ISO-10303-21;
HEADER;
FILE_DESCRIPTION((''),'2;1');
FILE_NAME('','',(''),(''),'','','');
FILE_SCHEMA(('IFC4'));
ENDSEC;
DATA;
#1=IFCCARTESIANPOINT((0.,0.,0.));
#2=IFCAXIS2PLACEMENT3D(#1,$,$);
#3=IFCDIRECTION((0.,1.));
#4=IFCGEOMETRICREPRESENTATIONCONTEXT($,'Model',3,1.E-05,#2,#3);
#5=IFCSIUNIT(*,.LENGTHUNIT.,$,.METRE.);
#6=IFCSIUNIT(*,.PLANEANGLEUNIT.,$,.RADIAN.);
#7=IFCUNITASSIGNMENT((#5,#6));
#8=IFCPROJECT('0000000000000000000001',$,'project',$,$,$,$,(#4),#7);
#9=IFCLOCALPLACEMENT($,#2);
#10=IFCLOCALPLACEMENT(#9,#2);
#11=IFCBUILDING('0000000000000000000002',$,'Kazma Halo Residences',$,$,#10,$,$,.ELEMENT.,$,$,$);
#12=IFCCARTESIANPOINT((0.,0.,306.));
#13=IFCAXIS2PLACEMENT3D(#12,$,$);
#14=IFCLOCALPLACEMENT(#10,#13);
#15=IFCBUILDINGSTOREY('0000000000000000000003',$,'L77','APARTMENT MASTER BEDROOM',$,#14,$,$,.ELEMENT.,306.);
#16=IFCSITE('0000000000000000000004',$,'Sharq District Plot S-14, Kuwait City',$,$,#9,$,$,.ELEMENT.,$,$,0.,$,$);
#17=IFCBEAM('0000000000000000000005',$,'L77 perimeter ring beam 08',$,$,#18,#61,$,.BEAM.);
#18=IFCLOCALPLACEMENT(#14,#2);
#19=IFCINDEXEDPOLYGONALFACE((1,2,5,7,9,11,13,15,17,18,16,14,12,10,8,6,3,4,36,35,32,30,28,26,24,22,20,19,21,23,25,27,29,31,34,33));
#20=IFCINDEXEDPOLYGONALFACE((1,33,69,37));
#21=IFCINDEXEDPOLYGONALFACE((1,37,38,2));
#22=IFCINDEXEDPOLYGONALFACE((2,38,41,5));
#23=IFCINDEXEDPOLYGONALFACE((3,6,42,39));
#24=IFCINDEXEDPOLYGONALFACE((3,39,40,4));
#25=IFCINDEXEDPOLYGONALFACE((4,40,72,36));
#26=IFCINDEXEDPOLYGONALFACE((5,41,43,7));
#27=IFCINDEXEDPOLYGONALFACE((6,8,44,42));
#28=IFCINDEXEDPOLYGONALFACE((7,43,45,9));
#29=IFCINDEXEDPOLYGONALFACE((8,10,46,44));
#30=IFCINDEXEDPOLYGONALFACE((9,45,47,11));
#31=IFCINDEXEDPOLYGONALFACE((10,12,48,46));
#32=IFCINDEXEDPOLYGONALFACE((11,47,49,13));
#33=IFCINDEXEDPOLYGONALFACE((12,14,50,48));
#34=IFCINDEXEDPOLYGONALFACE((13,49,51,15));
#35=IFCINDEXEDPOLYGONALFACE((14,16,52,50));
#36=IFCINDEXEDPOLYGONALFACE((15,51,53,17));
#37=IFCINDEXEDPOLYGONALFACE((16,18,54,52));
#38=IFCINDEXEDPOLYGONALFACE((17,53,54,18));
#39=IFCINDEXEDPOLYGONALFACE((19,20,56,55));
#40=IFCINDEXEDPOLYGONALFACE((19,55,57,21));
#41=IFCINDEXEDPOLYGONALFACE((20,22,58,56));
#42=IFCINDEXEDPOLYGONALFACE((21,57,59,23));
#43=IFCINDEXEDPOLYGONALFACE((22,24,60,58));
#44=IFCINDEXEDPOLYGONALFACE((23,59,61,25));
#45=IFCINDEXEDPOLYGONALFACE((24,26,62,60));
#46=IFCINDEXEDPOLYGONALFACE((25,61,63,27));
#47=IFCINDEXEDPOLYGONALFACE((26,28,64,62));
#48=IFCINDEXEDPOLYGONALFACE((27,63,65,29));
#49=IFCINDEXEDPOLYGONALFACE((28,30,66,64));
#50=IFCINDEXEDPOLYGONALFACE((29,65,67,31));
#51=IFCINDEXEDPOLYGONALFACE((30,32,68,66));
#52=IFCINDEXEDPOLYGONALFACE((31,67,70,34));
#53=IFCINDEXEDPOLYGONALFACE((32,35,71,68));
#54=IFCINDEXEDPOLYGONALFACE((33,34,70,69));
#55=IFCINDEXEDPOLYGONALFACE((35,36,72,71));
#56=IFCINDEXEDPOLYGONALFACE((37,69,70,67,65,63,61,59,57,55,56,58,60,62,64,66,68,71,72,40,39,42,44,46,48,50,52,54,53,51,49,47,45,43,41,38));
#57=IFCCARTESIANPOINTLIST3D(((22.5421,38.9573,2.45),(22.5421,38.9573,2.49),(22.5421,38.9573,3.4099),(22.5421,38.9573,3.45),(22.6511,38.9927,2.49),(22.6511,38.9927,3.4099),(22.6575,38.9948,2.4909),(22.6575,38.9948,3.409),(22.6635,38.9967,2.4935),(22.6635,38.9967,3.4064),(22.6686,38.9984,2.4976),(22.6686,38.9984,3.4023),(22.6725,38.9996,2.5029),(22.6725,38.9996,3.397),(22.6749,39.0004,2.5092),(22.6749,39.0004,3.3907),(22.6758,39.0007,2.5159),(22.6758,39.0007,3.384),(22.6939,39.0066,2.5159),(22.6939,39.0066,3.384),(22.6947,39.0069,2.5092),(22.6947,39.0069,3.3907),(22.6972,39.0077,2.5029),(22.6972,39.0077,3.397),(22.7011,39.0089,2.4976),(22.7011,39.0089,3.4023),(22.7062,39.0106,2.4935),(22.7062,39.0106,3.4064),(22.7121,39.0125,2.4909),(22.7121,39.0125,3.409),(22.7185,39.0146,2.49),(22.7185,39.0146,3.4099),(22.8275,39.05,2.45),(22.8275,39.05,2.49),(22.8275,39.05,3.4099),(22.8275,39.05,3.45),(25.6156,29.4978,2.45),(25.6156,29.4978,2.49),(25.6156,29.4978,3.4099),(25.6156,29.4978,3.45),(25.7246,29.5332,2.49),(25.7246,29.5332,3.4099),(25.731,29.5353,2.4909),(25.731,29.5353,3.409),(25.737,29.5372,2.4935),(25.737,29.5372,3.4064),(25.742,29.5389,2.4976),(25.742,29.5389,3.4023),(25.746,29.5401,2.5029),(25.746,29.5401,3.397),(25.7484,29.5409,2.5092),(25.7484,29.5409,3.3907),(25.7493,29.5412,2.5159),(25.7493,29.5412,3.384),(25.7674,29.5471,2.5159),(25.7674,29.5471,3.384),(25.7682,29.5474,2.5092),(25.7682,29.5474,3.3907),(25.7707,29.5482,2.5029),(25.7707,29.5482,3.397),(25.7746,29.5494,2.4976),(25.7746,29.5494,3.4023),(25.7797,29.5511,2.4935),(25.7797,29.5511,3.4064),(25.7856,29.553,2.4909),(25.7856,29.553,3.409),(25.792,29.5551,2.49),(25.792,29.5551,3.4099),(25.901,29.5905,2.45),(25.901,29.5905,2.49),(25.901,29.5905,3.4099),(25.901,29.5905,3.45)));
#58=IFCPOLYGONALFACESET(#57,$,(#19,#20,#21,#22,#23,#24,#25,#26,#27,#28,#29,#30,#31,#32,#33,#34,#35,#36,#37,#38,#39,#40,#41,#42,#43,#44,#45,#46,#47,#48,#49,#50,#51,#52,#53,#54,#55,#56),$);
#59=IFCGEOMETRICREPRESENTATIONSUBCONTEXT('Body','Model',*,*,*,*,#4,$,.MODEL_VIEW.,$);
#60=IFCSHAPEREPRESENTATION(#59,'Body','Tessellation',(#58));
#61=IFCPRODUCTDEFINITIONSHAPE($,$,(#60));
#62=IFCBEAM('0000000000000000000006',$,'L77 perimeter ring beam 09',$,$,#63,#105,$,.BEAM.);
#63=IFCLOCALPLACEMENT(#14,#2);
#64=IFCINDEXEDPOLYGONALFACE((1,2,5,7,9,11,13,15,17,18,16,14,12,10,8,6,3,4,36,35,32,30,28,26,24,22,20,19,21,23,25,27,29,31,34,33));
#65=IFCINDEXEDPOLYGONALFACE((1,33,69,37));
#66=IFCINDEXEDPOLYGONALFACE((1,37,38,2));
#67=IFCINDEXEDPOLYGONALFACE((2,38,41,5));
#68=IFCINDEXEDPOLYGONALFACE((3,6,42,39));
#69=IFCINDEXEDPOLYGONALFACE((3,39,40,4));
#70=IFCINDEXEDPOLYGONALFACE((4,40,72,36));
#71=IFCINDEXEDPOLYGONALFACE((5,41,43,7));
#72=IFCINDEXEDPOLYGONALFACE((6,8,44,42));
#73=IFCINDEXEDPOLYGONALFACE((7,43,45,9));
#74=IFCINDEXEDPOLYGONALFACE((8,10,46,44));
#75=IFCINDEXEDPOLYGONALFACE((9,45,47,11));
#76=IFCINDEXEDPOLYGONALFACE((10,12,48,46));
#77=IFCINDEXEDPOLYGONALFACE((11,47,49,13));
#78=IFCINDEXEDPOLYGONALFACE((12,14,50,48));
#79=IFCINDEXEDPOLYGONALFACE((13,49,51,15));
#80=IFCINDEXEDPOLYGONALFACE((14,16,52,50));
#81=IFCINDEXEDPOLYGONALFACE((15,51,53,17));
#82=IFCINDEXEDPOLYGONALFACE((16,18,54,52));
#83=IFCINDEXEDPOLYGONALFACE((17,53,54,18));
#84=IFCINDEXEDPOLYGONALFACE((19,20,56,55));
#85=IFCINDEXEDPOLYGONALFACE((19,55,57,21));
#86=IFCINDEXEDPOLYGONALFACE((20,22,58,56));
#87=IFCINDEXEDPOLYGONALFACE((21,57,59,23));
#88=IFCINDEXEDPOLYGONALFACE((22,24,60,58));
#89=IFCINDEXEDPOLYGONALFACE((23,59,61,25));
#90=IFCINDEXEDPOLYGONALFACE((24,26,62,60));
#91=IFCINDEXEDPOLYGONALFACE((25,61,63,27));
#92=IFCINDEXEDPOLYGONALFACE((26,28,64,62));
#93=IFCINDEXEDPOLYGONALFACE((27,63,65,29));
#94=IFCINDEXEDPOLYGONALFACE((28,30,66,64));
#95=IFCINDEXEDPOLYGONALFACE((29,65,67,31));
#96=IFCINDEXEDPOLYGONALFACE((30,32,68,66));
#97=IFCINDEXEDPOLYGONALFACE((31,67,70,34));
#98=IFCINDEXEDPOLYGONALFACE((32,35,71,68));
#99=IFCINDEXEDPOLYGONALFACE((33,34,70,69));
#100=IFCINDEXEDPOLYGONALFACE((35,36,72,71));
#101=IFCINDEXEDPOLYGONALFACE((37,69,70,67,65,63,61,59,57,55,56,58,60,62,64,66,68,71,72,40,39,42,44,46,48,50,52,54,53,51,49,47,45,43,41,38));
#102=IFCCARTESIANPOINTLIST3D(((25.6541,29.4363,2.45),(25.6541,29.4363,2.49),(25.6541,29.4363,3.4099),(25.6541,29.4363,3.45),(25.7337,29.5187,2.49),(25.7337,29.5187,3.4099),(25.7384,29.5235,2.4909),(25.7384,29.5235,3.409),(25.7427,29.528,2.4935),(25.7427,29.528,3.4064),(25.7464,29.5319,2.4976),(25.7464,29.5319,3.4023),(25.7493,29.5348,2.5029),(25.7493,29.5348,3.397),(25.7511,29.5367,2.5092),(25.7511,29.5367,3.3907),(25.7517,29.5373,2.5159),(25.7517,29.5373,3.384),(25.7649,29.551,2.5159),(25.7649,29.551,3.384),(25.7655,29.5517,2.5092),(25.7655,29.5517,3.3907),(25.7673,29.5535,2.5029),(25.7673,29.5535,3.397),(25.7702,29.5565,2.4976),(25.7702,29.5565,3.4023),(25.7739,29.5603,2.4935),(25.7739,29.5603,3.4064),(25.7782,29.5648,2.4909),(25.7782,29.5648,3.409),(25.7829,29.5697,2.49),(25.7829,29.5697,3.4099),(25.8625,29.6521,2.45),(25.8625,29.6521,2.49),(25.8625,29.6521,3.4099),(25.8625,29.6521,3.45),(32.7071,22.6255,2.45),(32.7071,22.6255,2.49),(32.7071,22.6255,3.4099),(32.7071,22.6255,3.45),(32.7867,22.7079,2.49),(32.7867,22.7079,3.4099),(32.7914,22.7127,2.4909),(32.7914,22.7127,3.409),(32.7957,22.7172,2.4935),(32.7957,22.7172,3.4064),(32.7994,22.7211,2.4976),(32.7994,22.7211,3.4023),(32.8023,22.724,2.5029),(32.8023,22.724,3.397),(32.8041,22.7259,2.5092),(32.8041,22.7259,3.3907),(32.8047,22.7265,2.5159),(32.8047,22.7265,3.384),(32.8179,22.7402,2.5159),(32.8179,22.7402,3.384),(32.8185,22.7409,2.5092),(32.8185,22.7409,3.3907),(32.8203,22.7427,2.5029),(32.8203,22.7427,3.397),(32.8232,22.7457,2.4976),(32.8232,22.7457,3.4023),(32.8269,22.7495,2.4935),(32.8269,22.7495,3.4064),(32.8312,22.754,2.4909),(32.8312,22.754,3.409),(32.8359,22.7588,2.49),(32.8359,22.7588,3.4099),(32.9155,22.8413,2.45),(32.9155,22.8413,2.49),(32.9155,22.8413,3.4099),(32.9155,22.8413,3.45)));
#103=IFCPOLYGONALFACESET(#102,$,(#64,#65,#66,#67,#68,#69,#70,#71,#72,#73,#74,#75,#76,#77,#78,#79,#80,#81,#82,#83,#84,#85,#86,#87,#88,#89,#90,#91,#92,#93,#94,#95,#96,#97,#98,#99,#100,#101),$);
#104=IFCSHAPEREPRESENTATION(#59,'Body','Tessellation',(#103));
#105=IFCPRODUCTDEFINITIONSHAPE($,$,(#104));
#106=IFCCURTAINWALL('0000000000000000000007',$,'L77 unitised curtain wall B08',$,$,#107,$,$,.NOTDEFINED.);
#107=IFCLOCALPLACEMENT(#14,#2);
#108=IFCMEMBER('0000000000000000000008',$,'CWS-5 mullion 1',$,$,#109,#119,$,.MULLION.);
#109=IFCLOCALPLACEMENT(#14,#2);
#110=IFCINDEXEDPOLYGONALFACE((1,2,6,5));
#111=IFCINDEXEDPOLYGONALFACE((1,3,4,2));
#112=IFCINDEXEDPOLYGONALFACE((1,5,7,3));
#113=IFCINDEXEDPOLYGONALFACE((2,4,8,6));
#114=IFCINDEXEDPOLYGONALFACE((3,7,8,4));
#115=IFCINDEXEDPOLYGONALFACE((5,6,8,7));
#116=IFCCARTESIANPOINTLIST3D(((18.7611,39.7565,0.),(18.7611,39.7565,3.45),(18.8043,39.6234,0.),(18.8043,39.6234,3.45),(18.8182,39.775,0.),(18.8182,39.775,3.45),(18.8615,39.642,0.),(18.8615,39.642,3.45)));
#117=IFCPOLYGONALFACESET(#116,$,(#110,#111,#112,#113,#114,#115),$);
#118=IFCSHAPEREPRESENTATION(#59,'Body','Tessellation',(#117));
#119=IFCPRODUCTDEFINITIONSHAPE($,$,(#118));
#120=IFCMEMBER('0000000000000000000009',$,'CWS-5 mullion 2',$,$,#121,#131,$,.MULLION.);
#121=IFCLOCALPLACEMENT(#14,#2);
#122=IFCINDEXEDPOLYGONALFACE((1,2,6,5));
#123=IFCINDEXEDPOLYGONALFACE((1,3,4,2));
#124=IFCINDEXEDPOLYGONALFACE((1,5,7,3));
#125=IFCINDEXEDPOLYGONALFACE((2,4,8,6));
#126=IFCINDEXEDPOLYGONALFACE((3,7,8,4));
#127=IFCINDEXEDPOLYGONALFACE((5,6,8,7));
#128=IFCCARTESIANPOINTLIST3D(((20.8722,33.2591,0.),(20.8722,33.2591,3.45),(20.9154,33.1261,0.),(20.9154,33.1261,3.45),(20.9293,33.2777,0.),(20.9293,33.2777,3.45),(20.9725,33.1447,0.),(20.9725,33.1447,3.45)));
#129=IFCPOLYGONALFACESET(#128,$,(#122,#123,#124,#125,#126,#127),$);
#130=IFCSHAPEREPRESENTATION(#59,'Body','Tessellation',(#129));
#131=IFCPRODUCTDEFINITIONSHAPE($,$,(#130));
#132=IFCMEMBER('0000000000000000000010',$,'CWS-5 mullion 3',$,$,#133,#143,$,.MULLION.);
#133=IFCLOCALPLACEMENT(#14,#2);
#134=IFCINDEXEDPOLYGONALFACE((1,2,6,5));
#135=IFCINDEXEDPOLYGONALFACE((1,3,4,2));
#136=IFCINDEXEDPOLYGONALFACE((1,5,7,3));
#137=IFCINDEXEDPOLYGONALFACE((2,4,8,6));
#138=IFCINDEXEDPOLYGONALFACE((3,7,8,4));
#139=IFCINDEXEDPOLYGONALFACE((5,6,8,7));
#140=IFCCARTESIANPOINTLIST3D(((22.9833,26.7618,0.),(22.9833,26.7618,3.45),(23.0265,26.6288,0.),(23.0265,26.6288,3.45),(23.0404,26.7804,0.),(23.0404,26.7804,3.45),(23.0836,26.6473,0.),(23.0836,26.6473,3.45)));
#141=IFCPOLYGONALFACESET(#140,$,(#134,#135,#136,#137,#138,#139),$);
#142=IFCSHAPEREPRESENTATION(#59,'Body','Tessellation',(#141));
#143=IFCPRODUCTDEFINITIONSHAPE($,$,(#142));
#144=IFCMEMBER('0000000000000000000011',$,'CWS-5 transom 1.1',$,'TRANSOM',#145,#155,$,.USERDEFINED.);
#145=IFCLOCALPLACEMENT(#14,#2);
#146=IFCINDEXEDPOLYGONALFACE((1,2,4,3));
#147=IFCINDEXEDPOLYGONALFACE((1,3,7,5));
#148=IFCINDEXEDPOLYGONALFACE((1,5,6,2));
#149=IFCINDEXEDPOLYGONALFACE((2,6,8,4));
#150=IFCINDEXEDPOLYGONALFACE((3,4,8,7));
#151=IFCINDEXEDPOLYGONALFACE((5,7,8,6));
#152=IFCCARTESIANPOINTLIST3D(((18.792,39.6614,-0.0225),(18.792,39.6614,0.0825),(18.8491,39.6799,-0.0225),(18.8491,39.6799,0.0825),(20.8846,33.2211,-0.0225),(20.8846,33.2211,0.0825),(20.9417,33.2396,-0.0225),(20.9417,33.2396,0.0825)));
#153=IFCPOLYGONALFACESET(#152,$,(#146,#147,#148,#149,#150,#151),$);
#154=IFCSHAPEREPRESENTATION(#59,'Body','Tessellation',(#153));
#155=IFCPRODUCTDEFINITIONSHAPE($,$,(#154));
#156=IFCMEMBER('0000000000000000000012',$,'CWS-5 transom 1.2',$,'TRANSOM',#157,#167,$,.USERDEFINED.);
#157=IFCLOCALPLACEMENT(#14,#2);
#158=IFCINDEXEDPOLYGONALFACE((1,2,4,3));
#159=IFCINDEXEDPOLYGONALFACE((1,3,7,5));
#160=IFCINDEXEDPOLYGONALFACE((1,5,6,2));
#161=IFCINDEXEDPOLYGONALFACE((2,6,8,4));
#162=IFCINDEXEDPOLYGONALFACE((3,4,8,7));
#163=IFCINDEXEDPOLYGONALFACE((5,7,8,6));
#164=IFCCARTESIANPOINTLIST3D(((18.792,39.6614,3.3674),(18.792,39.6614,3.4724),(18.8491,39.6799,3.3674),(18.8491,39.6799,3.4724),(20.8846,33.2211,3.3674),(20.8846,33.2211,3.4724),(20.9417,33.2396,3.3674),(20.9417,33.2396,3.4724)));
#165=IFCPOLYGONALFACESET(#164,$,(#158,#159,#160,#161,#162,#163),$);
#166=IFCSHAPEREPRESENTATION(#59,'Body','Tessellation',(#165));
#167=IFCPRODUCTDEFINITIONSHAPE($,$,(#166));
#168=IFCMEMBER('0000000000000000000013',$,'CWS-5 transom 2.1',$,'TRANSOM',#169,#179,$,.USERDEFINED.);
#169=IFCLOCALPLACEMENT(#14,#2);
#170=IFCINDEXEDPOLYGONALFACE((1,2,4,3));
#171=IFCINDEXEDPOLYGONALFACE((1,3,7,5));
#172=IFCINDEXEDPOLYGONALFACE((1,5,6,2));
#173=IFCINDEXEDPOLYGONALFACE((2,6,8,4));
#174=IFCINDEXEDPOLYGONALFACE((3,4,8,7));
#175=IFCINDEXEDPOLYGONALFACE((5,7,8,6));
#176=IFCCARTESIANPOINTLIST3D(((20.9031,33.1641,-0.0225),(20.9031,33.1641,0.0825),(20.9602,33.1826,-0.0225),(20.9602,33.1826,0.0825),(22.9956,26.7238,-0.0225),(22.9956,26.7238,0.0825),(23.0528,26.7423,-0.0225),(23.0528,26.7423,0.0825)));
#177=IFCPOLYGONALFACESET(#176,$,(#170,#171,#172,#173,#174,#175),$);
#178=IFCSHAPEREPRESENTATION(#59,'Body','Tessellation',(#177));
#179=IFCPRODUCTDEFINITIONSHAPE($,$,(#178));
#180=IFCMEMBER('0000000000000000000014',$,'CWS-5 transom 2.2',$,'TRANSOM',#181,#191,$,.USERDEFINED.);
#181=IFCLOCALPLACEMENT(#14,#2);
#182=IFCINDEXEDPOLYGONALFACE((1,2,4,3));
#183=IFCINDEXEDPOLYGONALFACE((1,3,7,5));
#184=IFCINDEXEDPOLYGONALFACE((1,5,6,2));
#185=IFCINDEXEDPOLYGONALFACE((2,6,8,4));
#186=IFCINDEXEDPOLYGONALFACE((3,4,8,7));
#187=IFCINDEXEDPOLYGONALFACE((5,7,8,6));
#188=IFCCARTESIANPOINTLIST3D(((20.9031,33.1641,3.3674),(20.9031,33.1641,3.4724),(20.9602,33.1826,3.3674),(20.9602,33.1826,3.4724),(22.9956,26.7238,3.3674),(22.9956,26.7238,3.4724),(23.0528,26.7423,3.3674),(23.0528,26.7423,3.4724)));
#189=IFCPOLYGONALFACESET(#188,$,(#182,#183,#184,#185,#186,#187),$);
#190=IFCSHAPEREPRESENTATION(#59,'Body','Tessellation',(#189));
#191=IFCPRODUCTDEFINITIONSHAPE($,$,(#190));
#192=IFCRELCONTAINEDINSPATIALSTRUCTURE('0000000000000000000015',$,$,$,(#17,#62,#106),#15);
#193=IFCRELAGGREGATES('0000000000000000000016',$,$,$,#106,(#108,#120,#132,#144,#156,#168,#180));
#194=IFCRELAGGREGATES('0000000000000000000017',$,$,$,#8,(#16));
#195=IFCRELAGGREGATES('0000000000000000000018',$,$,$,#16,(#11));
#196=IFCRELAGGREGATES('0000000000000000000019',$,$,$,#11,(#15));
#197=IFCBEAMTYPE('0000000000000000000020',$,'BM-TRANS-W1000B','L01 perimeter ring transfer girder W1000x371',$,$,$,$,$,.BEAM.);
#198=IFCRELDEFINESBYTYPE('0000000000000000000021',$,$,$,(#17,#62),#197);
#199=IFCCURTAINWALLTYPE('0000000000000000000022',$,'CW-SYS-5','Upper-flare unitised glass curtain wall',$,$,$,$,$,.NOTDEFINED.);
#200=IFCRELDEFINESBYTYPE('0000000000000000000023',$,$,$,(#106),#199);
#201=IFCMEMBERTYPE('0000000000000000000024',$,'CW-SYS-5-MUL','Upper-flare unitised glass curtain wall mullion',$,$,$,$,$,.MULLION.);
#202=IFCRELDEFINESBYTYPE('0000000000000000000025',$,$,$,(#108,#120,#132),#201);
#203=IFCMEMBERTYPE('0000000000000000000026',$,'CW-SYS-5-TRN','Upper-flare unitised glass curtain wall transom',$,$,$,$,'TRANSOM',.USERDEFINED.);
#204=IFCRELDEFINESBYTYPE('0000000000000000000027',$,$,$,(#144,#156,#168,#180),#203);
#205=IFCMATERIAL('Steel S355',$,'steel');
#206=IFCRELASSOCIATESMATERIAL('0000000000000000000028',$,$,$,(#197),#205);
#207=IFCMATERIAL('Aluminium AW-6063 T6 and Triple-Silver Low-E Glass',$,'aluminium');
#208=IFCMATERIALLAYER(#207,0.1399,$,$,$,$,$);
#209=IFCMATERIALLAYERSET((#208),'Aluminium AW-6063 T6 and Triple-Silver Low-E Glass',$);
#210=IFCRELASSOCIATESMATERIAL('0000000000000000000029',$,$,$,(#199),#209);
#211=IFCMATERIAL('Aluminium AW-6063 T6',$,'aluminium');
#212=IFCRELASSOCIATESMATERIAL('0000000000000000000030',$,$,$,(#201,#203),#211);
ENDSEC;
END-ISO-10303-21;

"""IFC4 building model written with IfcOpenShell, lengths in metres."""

from ifc_helpers import new_model, si_unit, direction, frame, origin, origin_2d, place, context, subcontext, project, spatial, rectangle, i_section, extrude, material, layer, layer_set, material_profile, profile_set, type_object, element, aggregate, save


model = new_model("IFC4")

# Units and contexts
model_context = context("Model", 3, precision=1e-05, world=origin(), true_north=direction((0.0, 1.0)))
body_context = subcontext(model_context, "Body", "Model", "MODEL_VIEW")
ifc_project = project(units=[si_unit("LENGTHUNIT", "METRE"), si_unit("PLANEANGLEUNIT", "RADIAN")], contexts=[model_context])

# Site, building, storey
site_placement = place(None, origin())
site = spatial("IfcSite", under=ifc_project, at=site_placement, Name="Sharq District Plot S-14, Kuwait City", CompositionType="ELEMENT", RefElevation=0.0)
building_placement = place(site_placement, origin())
building = spatial("IfcBuilding", under=site, at=building_placement, Name="Kazma Halo Residences", CompositionType="ELEMENT")
storey_placement = place(building_placement, frame((0.0, 0.0, 306.0)))
storey = spatial("IfcBuildingStorey", under=building, at=storey_placement, Name="L77", Description="APARTMENT MASTER BEDROOM", CompositionType="ELEMENT", Elevation=306.0)

# Beams
ifc_material_1 = material(Name="Steel S355", Category="steel")
ifc_material_profile_1 = material_profile(ifc_material_1, i_section(OverallWidth=0.3, OverallDepth=1.0, WebThickness=0.019, FlangeThickness=0.04, FilletRadius=0.0259, at=origin_2d()), Name="W1000x371")
ifc_profile_set_1 = profile_set([ifc_material_profile_1], Name="Steel S355")
beam_type_1 = type_object("IfcBeamType", Name="BM-TRANS-W1000B", Description="L01 perimeter ring transfer girder W1000x371", PredefinedType="BEAM", material=ifc_profile_set_1)
beam_1_placement = place(storey_placement, frame((22.6848, 39.0037, 2.95), z_axis=(0.309009, -0.951059, 0.0), x_axis=(0.951059, 0.309009, 0.0)))
element("IfcBeam", 1, at=beam_1_placement, inside=storey, type_object=beam_type_1, Name="L77 perimeter ring beam 08", PredefinedType="BEAM", context=body_context, shape_type="SweptSolid", body=[
    extrude(i_section(OverallWidth=0.3, OverallDepth=1.0, WebThickness=0.019, FlangeThickness=0.04, FilletRadius=0.0259, at=origin_2d()), origin(), (0.0, 0.0, 1.0), 9.9463),
])
beam_2_placement = place(storey_placement, frame((25.7583, 29.5442, 2.95), z_axis=(0.71935, -0.694648, 0.0), x_axis=(0.694648, 0.71935, 0.0)))
element("IfcBeam", 2, at=beam_2_placement, inside=storey, type_object=beam_type_1, Name="L77 perimeter ring beam 09", PredefinedType="BEAM", context=body_context, shape_type="SweptSolid", body=[
    extrude(i_section(OverallWidth=0.3, OverallDepth=1.0, WebThickness=0.019, FlangeThickness=0.04, FilletRadius=0.0259, at=origin_2d()), origin(), (0.0, 0.0, 1.0), 9.8047),
])

# Curtain wall, members
ifc_material_2 = material(Name="Aluminium AW-6063 T6 and Triple-Silver Low-E Glass", Category="aluminium")
ifc_layer_1 = layer(ifc_material_2, 0.1399)
ifc_layer_set_1 = layer_set([ifc_layer_1], Name="Aluminium AW-6063 T6 and Triple-Silver Low-E Glass")
curtain_wall_type = type_object("IfcCurtainWallType", Name="CW-SYS-5", Description="Upper-flare unitised glass curtain wall", PredefinedType="NOTDEFINED", material=ifc_layer_set_1)
curtain_wall_placement = place(storey_placement, origin())
curtain_wall = element("IfcCurtainWall", 3, at=curtain_wall_placement, inside=storey, type_object=curtain_wall_type, Name="L77 unitised curtain wall B08", PredefinedType="NOTDEFINED")
ifc_material_3 = material(Name="Aluminium AW-6063 T6", Category="aluminium")
ifc_material_profile_2 = material_profile(ifc_material_3, rectangle(XDim=0.0601, YDim=0.1399, at=origin_2d()), Name="CWM-60x140")
ifc_profile_set_2 = profile_set([ifc_material_profile_2], Name="Aluminium AW-6063 T6")
member_type_1 = type_object("IfcMemberType", Name="CW-SYS-5-MUL", Description="Upper-flare unitised glass curtain wall mullion", PredefinedType="MULLION", material=ifc_profile_set_2)
member_1_placement = place(storey_placement, frame((18.8113, 39.6992, 0.0), z_axis=(0.0, 0.0, 1.0), x_axis=(0.951057, 0.309016, 0.0)))
member_1 = element("IfcMember", 4, at=member_1_placement, type_object=member_type_1, Name="CWS-5 mullion 1", PredefinedType="MULLION", context=body_context, shape_type="SweptSolid", body=[
    extrude(rectangle(XDim=0.0601, YDim=0.1399, at=origin_2d()), origin(), (0.0, 0.0, 1.0), 3.45),
])
member_2_placement = place(storey_placement, frame((20.9224, 33.2019, 0.0), z_axis=(0.0, 0.0, 1.0), x_axis=(0.951057, 0.309016, 0.0)))
member_2 = element("IfcMember", 5, at=member_2_placement, type_object=member_type_1, Name="CWS-5 mullion 2", PredefinedType="MULLION", context=body_context, shape_type="SweptSolid", body=[
    extrude(rectangle(XDim=0.0601, YDim=0.1399, at=origin_2d()), origin(), (0.0, 0.0, 1.0), 3.45),
])
member_3_placement = place(storey_placement, frame((23.0334, 26.7046, 0.0), z_axis=(0.0, 0.0, 1.0), x_axis=(0.951057, 0.309016, 0.0)))
member_3 = element("IfcMember", 6, at=member_3_placement, type_object=member_type_1, Name="CWS-5 mullion 3", PredefinedType="MULLION", context=body_context, shape_type="SweptSolid", body=[
    extrude(rectangle(XDim=0.0601, YDim=0.1399, at=origin_2d()), origin(), (0.0, 0.0, 1.0), 3.45),
])
ifc_material_profile_3 = material_profile(ifc_material_3, rectangle(XDim=0.0601, YDim=0.105, at=origin_2d()), Name="CWT-60x105")
ifc_profile_set_3 = profile_set([ifc_material_profile_3], Name="Aluminium AW-6063 T6")
member_type_2 = type_object("IfcMemberType", Name="CW-SYS-5-TRN", Description="Upper-flare unitised glass curtain wall transom", ElementType="TRANSOM", PredefinedType="USERDEFINED", material=ifc_profile_set_3)
member_4_placement = place(storey_placement, frame((18.8206, 39.6707, 0.03), z_axis=(0.309015, -0.951057, 0.0), x_axis=(0.951057, 0.309015, 0.0)))
member_4 = element("IfcMember", 7, at=member_4_placement, type_object=member_type_2, Name="CWS-5 transom 1.1", ObjectType="TRANSOM", PredefinedType="USERDEFINED", context=body_context, shape_type="SweptSolid", body=[
    extrude(rectangle(XDim=0.0601, YDim=0.105, at=origin_2d()), origin(), (0.0, 0.0, 1.0), 6.7717),
])
member_5_placement = place(storey_placement, frame((18.8206, 39.6707, 3.4199), z_axis=(0.309015, -0.951057, 0.0), x_axis=(0.951057, 0.309015, 0.0)))
member_5 = element("IfcMember", 8, at=member_5_placement, type_object=member_type_2, Name="CWS-5 transom 1.2", ObjectType="TRANSOM", PredefinedType="USERDEFINED", context=body_context, shape_type="SweptSolid", body=[
    extrude(rectangle(XDim=0.0601, YDim=0.105, at=origin_2d()), origin(), (0.0, 0.0, 1.0), 6.7717),
])
member_6_placement = place(storey_placement, frame((20.9316, 33.1733, 0.03), z_axis=(0.309015, -0.951057, 0.0), x_axis=(0.951057, 0.309015, 0.0)))
member_6 = element("IfcMember", 9, at=member_6_placement, type_object=member_type_2, Name="CWS-5 transom 2.1", ObjectType="TRANSOM", PredefinedType="USERDEFINED", context=body_context, shape_type="SweptSolid", body=[
    extrude(rectangle(XDim=0.0601, YDim=0.105, at=origin_2d()), origin(), (0.0, 0.0, 1.0), 6.7717),
])
member_7_placement = place(storey_placement, frame((20.9316, 33.1733, 3.4199), z_axis=(0.309015, -0.951057, 0.0), x_axis=(0.951057, 0.309015, 0.0)))
member_7 = element("IfcMember", 10, at=member_7_placement, type_object=member_type_2, Name="CWS-5 transom 2.2", ObjectType="TRANSOM", PredefinedType="USERDEFINED", context=body_context, shape_type="SweptSolid", body=[
    extrude(rectangle(XDim=0.0601, YDim=0.105, at=origin_2d()), origin(), (0.0, 0.0, 1.0), 6.7717),
])
aggregate(curtain_wall, [member_1, member_2, member_3, member_4, member_5, member_6, member_7])

save(model, "model.ifc")
